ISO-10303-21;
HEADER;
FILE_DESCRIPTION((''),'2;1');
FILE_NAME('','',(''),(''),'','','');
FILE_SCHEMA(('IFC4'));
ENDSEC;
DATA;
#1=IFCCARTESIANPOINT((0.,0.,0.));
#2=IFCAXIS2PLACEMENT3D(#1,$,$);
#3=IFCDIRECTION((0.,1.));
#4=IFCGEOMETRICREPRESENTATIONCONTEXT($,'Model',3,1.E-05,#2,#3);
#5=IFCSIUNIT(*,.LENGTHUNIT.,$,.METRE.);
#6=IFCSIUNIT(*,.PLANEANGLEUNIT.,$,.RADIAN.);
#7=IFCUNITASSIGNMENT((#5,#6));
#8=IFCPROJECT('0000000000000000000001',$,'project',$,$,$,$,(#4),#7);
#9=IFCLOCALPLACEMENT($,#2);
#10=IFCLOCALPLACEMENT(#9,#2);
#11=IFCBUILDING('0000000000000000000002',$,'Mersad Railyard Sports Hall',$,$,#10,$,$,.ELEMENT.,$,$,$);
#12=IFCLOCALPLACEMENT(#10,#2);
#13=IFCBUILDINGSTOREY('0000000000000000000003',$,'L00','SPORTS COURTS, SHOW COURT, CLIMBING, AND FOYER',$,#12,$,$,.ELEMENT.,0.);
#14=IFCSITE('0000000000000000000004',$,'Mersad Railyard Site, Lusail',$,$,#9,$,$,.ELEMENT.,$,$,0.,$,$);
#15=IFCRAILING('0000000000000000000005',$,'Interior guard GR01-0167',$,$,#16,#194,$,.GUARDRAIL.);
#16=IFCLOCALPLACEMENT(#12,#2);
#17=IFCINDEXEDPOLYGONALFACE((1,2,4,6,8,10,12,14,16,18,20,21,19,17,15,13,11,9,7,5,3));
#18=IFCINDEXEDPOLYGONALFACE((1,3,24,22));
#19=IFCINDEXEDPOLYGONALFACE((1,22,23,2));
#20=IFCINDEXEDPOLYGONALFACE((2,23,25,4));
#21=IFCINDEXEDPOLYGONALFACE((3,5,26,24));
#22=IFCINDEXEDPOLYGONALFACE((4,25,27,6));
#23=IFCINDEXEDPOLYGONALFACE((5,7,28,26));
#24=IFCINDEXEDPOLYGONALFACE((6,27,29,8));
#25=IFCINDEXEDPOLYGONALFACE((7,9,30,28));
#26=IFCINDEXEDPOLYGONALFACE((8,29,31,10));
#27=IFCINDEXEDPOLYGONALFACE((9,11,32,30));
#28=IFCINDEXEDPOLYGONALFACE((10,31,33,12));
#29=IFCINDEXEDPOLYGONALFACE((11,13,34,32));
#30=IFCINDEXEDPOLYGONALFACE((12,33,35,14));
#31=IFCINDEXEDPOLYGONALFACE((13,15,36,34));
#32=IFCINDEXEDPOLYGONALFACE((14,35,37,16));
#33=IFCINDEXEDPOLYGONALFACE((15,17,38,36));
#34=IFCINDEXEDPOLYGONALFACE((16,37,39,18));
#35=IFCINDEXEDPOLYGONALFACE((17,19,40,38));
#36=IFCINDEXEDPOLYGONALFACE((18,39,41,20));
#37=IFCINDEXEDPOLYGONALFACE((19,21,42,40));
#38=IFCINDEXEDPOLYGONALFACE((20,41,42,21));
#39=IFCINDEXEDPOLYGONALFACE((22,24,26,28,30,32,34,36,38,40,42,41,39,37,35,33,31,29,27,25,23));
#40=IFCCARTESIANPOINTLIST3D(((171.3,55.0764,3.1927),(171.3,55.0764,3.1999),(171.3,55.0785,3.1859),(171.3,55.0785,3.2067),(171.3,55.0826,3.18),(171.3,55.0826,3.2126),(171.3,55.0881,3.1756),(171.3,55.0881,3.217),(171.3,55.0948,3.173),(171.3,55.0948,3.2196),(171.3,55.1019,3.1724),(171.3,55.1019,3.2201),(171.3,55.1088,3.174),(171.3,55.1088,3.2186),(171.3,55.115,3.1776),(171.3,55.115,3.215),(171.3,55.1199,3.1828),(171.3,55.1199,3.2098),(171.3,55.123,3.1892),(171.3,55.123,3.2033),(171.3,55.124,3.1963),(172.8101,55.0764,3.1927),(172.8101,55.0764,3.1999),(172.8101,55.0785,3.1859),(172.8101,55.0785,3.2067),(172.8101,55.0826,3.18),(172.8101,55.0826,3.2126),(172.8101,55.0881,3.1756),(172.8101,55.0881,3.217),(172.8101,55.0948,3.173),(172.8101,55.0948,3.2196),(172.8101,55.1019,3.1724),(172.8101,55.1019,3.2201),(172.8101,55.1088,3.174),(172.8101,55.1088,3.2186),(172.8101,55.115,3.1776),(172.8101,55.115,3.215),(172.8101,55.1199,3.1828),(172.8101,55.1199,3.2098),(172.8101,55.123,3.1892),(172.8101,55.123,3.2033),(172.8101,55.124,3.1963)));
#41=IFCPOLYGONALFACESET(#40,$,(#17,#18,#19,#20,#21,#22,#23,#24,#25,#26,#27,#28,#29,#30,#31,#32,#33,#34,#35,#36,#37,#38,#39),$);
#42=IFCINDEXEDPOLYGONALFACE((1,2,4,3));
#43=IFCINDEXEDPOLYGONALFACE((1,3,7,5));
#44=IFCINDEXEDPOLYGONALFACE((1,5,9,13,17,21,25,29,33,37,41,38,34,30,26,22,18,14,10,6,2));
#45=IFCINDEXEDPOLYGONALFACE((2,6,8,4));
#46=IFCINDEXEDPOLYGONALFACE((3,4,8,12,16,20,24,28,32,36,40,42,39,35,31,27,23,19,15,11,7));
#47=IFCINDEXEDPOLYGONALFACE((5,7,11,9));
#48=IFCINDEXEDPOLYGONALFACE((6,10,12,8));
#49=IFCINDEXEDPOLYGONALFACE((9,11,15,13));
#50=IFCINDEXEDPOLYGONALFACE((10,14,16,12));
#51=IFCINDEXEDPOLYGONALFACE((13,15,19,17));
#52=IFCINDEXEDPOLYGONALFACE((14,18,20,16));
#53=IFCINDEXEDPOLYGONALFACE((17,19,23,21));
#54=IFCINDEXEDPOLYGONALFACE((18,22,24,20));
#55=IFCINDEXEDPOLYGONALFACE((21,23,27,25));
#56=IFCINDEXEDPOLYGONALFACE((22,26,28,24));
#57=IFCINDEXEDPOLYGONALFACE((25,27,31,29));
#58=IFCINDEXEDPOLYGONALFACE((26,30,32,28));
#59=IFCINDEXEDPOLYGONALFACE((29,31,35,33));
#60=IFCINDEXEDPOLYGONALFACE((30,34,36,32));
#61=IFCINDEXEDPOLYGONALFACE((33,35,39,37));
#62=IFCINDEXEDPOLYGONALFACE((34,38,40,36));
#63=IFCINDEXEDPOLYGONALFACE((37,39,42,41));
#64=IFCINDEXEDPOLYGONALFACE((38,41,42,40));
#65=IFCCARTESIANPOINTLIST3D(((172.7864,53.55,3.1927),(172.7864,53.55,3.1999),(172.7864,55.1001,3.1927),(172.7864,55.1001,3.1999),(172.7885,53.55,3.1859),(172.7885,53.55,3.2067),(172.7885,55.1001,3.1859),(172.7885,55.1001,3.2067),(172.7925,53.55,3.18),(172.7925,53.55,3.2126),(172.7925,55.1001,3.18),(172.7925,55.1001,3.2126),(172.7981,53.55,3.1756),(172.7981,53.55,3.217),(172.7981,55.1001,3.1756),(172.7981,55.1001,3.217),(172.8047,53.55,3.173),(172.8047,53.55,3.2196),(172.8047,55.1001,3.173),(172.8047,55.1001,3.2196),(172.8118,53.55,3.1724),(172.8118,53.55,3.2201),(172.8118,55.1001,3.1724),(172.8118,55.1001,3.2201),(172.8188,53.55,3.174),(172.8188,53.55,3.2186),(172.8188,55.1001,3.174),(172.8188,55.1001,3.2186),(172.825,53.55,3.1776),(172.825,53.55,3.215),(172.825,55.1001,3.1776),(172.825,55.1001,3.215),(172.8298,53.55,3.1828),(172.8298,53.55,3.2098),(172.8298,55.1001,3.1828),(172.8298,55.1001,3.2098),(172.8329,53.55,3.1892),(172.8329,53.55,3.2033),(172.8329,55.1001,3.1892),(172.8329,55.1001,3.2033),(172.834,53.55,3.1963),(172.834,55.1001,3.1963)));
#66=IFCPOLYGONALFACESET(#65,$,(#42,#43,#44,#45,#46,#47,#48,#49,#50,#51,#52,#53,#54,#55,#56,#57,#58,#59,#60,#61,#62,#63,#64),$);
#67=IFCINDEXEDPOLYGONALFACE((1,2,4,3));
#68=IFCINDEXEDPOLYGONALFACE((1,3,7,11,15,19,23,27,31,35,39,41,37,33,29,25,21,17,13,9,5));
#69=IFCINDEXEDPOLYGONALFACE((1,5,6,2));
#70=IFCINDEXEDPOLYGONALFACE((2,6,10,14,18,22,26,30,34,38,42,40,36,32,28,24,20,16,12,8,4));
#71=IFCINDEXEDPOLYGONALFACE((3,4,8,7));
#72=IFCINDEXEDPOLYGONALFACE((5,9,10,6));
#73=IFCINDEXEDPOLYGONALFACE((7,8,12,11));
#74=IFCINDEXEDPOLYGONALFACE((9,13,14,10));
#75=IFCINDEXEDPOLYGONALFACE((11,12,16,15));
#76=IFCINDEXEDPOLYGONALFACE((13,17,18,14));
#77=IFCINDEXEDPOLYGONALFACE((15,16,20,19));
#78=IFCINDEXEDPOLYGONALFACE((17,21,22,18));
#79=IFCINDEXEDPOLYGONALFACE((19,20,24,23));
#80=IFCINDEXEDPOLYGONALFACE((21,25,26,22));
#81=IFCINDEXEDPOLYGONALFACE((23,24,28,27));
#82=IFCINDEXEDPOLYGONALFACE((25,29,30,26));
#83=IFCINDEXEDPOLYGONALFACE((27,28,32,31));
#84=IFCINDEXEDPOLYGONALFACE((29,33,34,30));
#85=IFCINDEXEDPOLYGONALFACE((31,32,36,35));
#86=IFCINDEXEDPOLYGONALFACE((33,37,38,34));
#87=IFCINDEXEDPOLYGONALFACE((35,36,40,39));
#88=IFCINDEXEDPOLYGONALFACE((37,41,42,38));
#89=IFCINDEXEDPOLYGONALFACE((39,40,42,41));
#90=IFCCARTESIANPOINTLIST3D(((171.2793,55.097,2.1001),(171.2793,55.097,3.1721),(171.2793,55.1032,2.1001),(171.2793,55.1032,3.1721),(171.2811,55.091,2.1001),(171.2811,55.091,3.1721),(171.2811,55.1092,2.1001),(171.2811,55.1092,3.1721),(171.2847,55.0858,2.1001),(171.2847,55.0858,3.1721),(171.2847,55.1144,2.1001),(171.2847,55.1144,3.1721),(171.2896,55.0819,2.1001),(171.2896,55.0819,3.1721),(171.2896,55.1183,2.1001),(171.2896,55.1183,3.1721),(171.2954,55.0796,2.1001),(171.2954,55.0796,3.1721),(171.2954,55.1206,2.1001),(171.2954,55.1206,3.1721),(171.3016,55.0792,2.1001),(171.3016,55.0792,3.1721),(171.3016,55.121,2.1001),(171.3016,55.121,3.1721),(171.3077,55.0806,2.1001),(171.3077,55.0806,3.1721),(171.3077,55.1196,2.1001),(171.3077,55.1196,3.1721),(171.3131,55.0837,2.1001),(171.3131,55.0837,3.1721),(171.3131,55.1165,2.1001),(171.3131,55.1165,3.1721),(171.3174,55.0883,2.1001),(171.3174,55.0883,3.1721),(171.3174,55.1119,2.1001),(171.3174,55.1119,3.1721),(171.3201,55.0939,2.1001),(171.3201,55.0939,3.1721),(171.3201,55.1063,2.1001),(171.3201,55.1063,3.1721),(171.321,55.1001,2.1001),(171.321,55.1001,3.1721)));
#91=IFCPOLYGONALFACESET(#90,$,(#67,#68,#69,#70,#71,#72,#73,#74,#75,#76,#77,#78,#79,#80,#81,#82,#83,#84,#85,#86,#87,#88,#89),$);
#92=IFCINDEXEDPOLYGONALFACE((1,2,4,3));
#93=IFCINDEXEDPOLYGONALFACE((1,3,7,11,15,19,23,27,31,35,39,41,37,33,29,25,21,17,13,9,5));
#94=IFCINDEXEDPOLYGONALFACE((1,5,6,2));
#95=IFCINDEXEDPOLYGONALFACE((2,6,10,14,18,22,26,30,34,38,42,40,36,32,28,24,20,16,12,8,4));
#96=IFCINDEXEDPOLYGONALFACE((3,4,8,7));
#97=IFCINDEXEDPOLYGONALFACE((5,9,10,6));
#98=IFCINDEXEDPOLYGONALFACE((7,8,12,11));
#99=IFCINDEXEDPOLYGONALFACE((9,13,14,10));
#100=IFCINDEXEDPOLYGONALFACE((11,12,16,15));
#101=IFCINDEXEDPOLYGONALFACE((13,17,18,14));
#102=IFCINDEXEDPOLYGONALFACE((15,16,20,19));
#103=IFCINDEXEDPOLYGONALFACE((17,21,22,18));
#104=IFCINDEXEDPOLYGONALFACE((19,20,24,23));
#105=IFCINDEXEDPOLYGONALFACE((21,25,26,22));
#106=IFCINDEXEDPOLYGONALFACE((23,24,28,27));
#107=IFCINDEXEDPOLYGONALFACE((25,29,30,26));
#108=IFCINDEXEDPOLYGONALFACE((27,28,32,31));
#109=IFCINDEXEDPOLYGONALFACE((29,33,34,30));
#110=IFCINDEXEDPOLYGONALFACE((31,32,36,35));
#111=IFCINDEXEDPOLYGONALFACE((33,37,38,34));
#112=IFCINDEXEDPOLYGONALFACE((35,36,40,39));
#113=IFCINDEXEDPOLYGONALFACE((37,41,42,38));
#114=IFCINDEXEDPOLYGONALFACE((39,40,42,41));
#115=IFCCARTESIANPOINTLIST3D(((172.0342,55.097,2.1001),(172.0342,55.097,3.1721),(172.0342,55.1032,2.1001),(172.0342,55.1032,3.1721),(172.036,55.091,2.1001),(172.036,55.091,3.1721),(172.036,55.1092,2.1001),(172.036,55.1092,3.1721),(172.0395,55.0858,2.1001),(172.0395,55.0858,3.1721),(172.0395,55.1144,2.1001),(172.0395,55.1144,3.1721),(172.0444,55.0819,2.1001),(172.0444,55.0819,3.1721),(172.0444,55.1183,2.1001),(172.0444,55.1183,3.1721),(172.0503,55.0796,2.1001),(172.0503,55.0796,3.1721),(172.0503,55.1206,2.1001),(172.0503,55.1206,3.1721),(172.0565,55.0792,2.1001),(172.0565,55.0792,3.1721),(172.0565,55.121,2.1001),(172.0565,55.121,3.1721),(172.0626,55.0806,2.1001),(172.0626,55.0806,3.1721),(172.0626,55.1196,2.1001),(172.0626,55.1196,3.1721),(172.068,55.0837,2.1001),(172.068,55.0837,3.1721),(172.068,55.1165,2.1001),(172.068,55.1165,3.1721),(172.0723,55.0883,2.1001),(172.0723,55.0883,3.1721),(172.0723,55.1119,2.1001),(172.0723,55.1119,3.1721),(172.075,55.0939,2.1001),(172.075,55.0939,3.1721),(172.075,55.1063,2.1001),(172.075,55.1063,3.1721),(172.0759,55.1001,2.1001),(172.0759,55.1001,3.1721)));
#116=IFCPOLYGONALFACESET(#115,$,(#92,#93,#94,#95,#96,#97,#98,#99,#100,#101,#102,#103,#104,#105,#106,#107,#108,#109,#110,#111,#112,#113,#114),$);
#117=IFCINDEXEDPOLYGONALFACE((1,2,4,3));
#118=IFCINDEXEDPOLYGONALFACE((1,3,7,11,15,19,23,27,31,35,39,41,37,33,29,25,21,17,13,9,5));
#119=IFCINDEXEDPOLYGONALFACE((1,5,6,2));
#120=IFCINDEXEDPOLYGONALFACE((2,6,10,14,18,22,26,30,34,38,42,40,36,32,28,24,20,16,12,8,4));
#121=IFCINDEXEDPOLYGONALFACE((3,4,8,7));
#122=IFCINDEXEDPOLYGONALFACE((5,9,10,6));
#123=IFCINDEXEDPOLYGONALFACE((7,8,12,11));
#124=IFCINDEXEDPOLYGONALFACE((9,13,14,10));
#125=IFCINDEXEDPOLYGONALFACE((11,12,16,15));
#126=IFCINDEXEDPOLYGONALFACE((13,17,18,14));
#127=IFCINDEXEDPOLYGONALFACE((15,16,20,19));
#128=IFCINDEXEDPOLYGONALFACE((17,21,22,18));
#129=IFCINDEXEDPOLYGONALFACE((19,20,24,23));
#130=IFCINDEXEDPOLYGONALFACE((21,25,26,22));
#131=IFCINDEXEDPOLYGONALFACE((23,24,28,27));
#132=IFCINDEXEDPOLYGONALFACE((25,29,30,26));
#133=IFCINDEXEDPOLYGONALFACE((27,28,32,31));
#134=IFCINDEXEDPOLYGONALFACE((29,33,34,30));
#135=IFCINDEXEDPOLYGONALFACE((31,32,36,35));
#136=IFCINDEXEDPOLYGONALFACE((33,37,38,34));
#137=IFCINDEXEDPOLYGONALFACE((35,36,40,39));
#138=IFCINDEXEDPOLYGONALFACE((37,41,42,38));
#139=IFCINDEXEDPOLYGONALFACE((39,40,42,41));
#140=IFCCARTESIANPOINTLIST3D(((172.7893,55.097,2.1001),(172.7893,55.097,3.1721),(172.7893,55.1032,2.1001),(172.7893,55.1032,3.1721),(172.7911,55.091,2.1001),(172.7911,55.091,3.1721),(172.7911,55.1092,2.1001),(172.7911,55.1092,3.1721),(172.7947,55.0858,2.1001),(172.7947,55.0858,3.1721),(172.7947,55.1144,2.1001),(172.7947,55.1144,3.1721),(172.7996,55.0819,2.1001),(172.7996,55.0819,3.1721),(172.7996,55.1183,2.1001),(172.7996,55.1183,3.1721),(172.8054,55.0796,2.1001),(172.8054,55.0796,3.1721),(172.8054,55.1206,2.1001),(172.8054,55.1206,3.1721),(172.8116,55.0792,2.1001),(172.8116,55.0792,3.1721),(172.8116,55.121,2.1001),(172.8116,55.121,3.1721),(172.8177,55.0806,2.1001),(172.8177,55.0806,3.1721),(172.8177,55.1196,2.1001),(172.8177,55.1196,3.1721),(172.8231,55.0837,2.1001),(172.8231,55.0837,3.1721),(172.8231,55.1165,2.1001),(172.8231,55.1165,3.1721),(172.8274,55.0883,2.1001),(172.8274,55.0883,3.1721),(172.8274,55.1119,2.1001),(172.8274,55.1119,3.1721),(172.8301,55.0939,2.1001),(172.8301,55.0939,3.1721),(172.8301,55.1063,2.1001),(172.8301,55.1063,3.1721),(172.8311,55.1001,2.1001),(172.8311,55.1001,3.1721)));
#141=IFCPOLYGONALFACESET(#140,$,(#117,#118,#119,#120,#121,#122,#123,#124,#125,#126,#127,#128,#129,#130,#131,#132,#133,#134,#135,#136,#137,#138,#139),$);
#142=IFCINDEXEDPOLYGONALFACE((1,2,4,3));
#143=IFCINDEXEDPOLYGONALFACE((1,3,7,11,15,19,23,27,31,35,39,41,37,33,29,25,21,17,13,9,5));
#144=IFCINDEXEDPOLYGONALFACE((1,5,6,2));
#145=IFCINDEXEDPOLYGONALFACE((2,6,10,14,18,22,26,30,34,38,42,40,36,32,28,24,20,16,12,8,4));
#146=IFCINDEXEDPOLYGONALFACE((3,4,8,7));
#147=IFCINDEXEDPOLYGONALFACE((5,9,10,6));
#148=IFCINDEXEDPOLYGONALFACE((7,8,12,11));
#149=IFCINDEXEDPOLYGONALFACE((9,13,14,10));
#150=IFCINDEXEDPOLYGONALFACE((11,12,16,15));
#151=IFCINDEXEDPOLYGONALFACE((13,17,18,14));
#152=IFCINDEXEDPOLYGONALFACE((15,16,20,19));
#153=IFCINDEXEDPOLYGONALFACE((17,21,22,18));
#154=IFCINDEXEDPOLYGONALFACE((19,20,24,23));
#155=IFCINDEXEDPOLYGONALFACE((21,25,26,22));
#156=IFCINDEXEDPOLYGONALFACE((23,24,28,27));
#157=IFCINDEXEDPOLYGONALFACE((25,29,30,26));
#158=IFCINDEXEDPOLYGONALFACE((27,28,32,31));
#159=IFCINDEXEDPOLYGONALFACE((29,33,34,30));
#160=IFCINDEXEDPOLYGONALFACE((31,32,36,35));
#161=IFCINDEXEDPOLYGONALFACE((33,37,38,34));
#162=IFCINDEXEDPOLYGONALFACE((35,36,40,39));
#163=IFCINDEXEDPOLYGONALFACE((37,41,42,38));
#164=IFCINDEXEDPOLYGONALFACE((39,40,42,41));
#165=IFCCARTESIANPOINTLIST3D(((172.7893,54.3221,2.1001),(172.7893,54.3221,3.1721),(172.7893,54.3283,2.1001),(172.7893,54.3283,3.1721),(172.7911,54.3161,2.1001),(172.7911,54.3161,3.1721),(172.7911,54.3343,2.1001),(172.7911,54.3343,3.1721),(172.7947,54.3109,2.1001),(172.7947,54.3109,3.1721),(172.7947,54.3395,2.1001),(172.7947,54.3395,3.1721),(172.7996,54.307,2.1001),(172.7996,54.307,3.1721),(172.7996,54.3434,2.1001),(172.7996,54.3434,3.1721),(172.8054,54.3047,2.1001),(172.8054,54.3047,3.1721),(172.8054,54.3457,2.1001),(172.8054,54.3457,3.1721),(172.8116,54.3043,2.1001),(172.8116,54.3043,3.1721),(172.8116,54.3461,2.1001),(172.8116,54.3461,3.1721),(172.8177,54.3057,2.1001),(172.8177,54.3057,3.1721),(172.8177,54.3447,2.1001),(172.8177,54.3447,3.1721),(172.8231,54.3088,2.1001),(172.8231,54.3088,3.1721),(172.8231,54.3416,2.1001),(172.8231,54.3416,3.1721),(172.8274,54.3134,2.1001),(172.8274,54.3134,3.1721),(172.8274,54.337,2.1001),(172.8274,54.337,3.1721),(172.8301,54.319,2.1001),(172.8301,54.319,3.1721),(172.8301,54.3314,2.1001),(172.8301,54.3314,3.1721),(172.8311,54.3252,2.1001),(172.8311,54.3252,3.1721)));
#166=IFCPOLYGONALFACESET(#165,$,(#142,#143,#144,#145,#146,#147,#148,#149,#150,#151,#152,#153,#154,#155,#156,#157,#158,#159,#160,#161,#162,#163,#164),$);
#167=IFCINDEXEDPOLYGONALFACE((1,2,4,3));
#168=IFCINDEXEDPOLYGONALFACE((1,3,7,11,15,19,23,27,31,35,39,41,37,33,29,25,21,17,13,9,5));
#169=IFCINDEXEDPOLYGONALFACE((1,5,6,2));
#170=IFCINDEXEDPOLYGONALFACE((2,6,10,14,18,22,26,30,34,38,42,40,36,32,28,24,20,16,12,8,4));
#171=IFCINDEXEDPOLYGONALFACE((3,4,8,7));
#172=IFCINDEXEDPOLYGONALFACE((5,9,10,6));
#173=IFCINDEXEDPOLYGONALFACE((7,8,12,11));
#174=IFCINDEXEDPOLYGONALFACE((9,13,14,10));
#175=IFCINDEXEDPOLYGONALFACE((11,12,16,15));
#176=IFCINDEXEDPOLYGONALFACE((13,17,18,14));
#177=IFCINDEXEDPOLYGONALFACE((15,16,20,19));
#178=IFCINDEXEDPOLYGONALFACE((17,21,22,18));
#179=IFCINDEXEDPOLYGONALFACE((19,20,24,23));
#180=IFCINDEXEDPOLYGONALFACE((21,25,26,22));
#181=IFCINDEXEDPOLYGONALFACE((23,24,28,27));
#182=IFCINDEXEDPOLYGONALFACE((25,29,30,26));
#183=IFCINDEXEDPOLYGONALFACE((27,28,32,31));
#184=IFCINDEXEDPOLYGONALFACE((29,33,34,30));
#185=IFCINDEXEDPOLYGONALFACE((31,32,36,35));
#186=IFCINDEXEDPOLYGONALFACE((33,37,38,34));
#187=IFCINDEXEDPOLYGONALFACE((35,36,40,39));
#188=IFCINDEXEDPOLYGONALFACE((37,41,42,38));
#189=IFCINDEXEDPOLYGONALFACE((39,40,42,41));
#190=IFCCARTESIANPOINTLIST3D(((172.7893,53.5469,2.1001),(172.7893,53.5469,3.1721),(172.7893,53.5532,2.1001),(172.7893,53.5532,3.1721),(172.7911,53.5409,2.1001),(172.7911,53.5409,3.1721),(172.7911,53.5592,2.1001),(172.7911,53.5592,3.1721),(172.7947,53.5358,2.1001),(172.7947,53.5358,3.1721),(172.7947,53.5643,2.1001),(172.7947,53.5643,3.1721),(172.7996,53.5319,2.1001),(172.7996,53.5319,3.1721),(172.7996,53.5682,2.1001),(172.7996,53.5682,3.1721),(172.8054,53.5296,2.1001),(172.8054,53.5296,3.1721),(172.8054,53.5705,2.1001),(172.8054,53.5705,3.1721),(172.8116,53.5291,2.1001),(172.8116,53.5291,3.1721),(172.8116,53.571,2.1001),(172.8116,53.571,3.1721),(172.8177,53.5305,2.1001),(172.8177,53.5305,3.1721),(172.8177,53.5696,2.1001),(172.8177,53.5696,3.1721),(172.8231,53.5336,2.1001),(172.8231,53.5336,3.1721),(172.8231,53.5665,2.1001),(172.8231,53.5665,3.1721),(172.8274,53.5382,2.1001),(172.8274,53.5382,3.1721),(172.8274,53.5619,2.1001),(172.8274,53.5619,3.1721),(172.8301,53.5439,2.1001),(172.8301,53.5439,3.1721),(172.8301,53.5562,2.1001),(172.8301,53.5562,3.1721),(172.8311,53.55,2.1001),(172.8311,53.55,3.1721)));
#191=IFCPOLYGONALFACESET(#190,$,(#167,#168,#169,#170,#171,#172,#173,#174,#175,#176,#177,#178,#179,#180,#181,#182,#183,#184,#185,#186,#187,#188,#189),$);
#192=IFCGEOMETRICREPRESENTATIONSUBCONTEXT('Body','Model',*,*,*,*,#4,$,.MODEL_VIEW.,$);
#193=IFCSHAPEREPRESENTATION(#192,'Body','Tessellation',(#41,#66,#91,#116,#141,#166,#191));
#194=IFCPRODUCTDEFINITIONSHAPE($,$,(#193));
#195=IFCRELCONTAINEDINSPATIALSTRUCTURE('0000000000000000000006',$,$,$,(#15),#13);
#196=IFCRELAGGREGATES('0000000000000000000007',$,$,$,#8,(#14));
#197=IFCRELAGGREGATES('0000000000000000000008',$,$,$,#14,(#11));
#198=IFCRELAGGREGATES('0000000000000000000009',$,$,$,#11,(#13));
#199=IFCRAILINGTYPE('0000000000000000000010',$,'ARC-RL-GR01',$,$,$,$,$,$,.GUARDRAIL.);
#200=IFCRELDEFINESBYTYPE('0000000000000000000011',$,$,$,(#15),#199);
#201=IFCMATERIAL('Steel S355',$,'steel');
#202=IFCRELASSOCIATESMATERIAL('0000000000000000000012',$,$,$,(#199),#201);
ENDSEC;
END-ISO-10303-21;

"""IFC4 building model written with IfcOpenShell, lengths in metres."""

from ifc_helpers import new_model, si_unit, direction, frame, origin, origin_2d, place, context, subcontext, project, spatial, circle, extrude, material, type_object, element, save


model = new_model("IFC4")

# Units and contexts
model_context = context("Model", 3, precision=1e-05, world=origin(), true_north=direction((0.0, 1.0)))
body_context = subcontext(model_context, "Body", "Model", "MODEL_VIEW")
ifc_project = project(units=[si_unit("LENGTHUNIT", "METRE"), si_unit("PLANEANGLEUNIT", "RADIAN")], contexts=[model_context])

# Site, building, storey
site_placement = place(None, origin())
site = spatial("IfcSite", under=ifc_project, at=site_placement, Name="Mersad Railyard Site, Lusail", CompositionType="ELEMENT", RefElevation=0.0)
building_placement = place(site_placement, origin())
building = spatial("IfcBuilding", under=site, at=building_placement, Name="Mersad Railyard Sports Hall", CompositionType="ELEMENT")
storey_placement = place(building_placement, origin())
storey = spatial("IfcBuildingStorey", under=building, at=storey_placement, Name="L00", Description="SPORTS COURTS, SHOW COURT, CLIMBING, AND FOYER", CompositionType="ELEMENT", Elevation=0.0)

# Shared definitions
ifc_material_1 = material(Name="Steel S355", Category="steel")

# Railing
railing_type = type_object("IfcRailingType", Name="ARC-RL-GR01", PredefinedType="GUARDRAIL", material=ifc_material_1)
railing_1_placement = place(storey_placement, frame((171.3, 55.1001, 2.1001)))
element("IfcRailing", 1, at=railing_1_placement, inside=storey, type_object=railing_type, Name="Interior guard GR01-0167", PredefinedType="GUARDRAIL", context=body_context, shape_type="SweptSolid", body=[
    extrude(circle(Radius=0.0239, at=origin_2d()), frame((0.0, 0.0, 1.0962), z_axis=(1.0, 0.0, 0.0), x_axis=(0.0, 1.0, 0.0)), (0.0, 0.0, 1.0), 1.51),
    extrude(circle(Radius=0.0239, at=origin_2d()), frame((1.51, 0.0, 1.0962), z_axis=(0.0, -1.0, 0.0), x_axis=(1.0, 0.0, 0.0)), (0.0, 0.0, 1.0), 1.55),
    extrude(circle(Radius=0.021, at=origin_2d()), origin(), (0.0, 0.0, 1.0), 1.072),
    extrude(circle(Radius=0.021, at=origin_2d()), frame((0.7549, 0.0, 0.0)), (0.0, 0.0, 1.0), 1.072),
    extrude(circle(Radius=0.021, at=origin_2d()), frame((1.51, 0.0, 0.0)), (0.0, 0.0, 1.0), 1.072),
    extrude(circle(Radius=0.021, at=origin_2d()), frame((1.51, -0.7749, 0.0)), (0.0, 0.0, 1.0), 1.072),
    extrude(circle(Radius=0.021, at=origin_2d()), frame((1.51, -1.55, 0.0)), (0.0, 0.0, 1.0), 1.072),
])

save(model, "model.ifc")
